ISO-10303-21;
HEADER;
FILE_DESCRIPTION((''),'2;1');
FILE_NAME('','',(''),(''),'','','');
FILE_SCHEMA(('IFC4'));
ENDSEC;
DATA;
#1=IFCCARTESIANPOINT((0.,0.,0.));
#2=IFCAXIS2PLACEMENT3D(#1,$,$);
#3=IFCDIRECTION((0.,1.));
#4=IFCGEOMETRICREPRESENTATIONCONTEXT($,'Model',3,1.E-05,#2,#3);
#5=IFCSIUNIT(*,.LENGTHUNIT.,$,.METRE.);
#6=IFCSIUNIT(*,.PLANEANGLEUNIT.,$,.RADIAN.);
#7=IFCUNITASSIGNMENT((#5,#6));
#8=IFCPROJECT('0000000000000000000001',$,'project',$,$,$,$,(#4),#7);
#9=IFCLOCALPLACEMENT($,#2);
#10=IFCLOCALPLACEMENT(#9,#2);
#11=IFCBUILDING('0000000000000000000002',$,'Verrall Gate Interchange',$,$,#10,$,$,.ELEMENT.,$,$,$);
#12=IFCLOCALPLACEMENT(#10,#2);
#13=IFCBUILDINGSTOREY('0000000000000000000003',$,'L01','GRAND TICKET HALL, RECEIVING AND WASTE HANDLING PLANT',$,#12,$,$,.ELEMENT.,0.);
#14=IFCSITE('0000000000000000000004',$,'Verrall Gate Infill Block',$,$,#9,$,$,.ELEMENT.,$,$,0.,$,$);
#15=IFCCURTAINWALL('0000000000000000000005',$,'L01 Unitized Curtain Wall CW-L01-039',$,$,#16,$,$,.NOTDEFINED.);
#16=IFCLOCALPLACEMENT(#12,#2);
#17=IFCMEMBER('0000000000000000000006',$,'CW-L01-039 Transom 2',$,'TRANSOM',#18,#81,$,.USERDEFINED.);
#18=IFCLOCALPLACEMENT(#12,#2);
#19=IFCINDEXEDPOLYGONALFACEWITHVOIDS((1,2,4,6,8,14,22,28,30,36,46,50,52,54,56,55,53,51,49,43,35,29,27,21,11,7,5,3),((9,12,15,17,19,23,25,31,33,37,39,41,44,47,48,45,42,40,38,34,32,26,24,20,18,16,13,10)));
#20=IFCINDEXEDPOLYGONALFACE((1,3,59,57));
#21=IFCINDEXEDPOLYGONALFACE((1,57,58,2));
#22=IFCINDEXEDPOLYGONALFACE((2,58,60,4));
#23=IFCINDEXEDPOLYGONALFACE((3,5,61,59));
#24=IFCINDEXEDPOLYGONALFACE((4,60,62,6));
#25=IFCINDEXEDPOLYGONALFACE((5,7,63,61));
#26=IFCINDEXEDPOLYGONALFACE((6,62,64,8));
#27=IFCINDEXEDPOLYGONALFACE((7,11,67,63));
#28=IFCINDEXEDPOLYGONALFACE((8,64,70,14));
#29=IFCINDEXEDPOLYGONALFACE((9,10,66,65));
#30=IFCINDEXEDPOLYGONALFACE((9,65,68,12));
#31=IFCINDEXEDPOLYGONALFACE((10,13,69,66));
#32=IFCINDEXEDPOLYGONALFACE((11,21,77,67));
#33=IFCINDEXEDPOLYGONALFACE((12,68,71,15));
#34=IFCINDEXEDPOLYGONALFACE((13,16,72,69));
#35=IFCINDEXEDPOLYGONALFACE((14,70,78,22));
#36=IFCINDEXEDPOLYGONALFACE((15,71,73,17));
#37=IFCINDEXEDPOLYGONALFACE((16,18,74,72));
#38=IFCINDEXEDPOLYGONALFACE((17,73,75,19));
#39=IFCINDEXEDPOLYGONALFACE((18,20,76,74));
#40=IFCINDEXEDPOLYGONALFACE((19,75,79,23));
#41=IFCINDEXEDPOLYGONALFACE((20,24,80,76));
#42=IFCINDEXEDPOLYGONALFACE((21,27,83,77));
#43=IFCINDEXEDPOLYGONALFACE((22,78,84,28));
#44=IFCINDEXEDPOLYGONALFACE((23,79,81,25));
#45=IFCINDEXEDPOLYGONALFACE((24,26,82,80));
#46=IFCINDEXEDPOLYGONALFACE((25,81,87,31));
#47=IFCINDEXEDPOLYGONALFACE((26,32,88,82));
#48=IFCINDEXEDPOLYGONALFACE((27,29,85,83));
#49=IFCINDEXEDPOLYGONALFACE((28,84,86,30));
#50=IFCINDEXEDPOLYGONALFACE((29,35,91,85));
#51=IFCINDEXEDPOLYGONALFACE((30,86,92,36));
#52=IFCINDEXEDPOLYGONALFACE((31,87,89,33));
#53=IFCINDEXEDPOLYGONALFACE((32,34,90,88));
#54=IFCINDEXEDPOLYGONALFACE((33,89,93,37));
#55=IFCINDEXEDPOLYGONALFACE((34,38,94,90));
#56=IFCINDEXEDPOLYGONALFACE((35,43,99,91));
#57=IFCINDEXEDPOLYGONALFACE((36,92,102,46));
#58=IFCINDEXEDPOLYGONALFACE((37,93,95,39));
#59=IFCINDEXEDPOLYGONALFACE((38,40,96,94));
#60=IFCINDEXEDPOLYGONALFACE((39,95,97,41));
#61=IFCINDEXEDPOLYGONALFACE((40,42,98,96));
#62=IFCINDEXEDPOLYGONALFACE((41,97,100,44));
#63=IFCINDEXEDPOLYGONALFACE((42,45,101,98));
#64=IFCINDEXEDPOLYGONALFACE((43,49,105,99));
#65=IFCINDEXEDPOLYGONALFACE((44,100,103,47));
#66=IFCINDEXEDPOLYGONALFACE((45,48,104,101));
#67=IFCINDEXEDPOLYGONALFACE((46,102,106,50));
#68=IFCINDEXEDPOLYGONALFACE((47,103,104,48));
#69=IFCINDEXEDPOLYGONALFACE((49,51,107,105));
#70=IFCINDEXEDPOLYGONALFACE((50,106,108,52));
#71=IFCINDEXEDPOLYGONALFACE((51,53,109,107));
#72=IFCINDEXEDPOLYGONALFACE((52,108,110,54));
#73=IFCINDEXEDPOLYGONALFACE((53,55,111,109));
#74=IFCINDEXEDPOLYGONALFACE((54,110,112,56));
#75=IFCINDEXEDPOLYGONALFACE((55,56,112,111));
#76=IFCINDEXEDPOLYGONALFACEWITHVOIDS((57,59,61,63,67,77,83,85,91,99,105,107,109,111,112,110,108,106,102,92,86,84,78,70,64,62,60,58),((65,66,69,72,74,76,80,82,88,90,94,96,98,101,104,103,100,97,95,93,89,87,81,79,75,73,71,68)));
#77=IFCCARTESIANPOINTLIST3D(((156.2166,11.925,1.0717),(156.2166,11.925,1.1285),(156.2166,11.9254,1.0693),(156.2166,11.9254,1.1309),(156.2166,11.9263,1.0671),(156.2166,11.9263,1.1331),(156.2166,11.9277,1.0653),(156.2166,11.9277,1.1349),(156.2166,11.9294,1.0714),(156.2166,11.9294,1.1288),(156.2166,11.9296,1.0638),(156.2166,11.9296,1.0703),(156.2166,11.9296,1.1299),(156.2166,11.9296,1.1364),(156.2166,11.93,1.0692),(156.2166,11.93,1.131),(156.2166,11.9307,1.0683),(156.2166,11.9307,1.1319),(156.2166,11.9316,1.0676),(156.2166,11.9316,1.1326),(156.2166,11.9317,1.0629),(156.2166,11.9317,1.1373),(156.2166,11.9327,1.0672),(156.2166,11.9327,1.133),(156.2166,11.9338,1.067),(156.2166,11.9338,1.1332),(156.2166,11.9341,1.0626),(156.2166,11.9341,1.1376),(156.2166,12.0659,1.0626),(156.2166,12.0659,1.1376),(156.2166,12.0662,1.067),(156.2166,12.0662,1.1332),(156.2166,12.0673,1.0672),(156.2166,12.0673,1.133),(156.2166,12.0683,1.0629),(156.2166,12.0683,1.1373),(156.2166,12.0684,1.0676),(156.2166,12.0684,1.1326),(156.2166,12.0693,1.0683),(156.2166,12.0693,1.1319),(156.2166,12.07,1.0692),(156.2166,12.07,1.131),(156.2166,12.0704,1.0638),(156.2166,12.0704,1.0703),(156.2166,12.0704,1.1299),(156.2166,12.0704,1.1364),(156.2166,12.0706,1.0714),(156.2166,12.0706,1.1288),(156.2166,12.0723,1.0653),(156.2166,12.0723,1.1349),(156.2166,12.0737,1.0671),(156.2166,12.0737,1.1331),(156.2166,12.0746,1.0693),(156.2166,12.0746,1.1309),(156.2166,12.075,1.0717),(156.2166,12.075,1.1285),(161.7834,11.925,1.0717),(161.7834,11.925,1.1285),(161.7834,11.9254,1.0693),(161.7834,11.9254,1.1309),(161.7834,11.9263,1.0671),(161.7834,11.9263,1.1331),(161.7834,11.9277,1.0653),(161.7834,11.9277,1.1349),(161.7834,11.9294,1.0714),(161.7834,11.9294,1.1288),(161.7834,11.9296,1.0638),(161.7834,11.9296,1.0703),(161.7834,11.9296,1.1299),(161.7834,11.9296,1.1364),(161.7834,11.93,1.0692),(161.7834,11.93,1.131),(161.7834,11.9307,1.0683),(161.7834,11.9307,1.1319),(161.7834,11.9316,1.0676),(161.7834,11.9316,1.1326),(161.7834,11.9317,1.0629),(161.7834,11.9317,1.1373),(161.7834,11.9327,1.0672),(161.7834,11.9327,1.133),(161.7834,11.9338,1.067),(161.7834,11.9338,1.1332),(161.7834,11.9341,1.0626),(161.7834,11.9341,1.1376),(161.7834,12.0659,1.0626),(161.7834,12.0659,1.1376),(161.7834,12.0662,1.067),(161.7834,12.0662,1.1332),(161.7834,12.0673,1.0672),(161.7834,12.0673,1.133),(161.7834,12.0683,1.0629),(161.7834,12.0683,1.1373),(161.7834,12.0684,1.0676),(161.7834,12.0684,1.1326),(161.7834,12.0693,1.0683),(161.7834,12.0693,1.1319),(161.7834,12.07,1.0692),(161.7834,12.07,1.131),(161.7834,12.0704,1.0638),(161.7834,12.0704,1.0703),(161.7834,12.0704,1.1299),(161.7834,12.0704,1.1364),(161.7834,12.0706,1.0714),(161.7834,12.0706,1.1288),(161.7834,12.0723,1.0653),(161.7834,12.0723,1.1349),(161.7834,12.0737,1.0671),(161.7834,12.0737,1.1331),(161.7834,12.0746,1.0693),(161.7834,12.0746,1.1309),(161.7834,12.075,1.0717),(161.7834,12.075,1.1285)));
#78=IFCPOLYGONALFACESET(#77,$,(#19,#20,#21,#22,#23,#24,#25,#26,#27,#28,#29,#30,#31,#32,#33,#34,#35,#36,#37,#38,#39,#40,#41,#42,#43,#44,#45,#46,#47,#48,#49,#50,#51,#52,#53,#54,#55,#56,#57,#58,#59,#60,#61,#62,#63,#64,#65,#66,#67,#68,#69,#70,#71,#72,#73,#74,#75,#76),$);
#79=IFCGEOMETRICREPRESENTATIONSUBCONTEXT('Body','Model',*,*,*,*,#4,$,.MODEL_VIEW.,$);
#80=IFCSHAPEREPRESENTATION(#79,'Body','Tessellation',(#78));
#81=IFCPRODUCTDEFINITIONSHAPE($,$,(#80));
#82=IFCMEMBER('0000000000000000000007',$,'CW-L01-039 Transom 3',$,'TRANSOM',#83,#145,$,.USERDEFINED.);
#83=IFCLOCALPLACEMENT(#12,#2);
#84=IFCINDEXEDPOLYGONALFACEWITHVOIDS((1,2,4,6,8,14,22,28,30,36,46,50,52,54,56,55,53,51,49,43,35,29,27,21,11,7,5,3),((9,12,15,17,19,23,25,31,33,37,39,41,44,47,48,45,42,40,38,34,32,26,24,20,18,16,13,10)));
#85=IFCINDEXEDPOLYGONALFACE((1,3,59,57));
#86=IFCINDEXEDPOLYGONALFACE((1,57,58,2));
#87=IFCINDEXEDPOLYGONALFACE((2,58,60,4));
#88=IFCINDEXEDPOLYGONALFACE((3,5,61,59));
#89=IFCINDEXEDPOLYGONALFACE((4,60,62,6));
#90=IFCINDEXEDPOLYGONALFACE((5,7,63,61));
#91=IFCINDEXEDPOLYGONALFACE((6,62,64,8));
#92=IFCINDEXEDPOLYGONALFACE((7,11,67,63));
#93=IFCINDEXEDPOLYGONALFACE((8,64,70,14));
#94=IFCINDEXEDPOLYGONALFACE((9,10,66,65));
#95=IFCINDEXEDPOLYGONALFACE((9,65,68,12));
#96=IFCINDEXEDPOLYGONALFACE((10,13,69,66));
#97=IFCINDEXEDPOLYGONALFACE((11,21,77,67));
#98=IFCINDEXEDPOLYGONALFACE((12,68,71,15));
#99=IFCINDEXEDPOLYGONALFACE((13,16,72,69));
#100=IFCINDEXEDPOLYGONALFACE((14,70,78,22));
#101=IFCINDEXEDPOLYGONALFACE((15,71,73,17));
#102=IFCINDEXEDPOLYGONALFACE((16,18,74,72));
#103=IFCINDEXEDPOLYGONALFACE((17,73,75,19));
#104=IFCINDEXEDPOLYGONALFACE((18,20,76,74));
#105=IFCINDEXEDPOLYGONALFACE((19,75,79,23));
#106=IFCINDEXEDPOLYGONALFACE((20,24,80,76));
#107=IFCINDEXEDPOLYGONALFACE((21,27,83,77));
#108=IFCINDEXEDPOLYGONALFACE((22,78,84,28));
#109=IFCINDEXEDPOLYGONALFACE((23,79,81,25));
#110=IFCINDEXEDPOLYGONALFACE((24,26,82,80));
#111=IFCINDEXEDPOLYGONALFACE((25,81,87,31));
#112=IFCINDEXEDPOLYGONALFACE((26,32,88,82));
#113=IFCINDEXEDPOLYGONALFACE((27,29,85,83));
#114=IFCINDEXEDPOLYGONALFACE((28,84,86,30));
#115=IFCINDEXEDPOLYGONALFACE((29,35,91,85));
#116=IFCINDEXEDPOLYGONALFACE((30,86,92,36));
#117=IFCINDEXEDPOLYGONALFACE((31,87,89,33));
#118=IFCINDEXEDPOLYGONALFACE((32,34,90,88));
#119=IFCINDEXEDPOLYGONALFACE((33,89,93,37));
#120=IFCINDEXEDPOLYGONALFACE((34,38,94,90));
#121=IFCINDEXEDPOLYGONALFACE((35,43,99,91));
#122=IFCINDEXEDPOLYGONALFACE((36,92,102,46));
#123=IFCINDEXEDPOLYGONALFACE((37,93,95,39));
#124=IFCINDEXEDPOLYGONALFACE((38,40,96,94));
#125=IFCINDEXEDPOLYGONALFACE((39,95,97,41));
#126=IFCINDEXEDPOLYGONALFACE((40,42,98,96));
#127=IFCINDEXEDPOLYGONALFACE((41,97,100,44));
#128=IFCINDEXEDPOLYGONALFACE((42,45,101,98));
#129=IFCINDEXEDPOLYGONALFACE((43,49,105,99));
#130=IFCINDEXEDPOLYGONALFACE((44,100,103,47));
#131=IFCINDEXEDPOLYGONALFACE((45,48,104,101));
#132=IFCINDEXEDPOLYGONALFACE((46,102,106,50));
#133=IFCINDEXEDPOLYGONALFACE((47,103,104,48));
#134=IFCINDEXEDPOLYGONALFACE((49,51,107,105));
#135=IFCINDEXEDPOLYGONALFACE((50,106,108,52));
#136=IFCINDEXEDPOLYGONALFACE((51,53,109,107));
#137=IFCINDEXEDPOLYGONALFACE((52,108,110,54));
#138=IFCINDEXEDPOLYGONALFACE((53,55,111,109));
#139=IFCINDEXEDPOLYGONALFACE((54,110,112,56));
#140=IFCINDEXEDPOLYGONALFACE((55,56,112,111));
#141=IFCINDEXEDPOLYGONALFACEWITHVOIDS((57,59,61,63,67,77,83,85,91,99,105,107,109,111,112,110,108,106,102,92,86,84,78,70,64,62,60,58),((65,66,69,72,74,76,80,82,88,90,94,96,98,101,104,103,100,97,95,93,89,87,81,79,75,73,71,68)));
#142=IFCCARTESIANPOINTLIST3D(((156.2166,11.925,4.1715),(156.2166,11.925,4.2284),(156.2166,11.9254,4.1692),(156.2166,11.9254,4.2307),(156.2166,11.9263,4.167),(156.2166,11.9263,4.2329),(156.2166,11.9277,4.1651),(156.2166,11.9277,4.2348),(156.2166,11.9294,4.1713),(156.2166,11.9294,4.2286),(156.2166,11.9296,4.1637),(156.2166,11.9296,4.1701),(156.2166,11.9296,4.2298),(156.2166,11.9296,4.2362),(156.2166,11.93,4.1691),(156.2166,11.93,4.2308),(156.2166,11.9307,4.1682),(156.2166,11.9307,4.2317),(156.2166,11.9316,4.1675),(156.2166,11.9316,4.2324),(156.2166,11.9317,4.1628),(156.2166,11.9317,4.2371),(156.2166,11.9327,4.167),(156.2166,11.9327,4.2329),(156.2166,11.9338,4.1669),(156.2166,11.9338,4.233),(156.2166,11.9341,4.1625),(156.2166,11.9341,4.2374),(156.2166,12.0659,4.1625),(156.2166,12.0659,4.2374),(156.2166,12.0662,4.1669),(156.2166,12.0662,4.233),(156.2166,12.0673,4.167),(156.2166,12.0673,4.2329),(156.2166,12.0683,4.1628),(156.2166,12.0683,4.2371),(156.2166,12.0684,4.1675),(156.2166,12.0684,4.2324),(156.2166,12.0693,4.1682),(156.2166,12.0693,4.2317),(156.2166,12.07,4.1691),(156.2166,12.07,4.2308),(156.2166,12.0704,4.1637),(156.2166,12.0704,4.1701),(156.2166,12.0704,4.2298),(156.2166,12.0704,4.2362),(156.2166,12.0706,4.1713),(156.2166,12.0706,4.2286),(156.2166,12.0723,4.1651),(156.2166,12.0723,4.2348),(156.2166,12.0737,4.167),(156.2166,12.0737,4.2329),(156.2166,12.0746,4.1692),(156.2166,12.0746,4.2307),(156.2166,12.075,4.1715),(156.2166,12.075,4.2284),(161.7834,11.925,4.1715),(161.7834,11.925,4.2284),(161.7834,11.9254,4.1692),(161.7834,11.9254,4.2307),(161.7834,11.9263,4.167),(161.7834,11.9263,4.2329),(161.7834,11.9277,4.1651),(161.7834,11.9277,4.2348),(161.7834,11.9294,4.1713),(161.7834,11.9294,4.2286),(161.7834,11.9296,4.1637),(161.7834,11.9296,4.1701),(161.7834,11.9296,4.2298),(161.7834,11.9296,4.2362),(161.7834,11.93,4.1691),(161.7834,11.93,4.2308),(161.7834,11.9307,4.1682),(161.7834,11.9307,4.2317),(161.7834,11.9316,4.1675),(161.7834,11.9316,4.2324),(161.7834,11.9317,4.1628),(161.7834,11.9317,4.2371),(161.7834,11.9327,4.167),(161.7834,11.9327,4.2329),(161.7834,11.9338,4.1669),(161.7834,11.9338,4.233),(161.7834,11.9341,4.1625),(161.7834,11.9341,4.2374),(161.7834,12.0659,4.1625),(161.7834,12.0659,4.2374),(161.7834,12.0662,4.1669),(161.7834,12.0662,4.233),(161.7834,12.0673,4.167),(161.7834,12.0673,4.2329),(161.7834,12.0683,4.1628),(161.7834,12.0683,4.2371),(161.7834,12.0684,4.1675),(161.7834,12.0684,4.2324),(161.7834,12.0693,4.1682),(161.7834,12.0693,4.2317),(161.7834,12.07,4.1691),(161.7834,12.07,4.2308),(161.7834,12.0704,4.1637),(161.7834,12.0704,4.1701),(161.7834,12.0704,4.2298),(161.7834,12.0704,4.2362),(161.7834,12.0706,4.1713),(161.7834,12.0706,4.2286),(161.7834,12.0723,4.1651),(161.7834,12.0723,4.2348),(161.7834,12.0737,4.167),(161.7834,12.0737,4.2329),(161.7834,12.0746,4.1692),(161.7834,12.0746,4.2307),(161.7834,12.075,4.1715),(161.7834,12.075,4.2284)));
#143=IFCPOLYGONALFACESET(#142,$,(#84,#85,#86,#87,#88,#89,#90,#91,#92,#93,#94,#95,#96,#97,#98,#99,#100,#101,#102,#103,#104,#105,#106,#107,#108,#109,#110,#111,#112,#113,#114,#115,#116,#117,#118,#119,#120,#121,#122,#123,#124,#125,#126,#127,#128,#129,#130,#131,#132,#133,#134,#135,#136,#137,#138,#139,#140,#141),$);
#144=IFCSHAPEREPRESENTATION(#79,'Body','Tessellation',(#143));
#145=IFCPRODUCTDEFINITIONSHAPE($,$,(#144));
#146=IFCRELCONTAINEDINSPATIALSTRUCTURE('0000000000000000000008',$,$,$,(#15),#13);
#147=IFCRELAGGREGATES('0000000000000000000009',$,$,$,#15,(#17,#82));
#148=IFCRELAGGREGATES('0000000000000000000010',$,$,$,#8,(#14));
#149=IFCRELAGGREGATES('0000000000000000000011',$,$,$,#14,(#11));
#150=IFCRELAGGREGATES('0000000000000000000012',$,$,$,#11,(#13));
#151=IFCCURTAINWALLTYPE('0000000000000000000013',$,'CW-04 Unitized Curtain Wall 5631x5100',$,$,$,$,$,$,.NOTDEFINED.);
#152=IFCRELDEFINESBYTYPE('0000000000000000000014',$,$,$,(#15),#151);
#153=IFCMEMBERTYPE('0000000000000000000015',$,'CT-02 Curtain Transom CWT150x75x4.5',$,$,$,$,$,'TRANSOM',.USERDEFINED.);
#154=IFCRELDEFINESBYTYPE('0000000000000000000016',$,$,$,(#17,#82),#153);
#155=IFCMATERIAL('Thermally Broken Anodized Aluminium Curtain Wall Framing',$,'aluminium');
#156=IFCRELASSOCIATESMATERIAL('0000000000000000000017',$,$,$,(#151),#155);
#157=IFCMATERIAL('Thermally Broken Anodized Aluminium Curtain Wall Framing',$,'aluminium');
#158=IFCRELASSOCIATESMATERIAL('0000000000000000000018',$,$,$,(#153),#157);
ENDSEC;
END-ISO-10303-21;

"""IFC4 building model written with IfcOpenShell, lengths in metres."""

from ifc_helpers import new_model, si_unit, direction, frame, origin, origin_2d, place, context, subcontext, project, spatial, hollow_rectangle, extrude, material, material_profile, profile_set, type_object, element, aggregate, save


model = new_model("IFC4")

# Units and contexts
model_context = context("Model", 3, precision=1e-05, world=origin(), true_north=direction((0.0, 1.0)))
body_context = subcontext(model_context, "Body", "Model", "MODEL_VIEW")
ifc_project = project(units=[si_unit("LENGTHUNIT", "METRE"), si_unit("PLANEANGLEUNIT", "RADIAN")], contexts=[model_context])

# Site, building, storey
site_placement = place(None, origin())
site = spatial("IfcSite", under=ifc_project, at=site_placement, Name="Verrall Gate Infill Block", CompositionType="ELEMENT", RefElevation=0.0)
building_placement = place(site_placement, origin())
building = spatial("IfcBuilding", under=site, at=building_placement, Name="Verrall Gate Interchange", CompositionType="ELEMENT")
storey_placement = place(building_placement, origin())
storey = spatial("IfcBuildingStorey", under=building, at=storey_placement, Name="L01", Description="GRAND TICKET HALL, RECEIVING AND WASTE HANDLING PLANT", CompositionType="ELEMENT", Elevation=0.0)

# Curtain wall, members
ifc_material_1 = material(Name="Thermally Broken Anodized Aluminium Curtain Wall Framing", Category="aluminium")
curtain_wall_type = type_object("IfcCurtainWallType", Name="CW-04 Unitized Curtain Wall 5631x5100", PredefinedType="NOTDEFINED", material=ifc_material_1)
curtain_wall_placement = place(storey_placement, origin())
curtain_wall = element("IfcCurtainWall", 1, at=curtain_wall_placement, inside=storey, type_object=curtain_wall_type, Name="L01 Unitized Curtain Wall CW-L01-039", PredefinedType="NOTDEFINED")
ifc_material_2 = material(Name="Thermally Broken Anodized Aluminium Curtain Wall Framing", Category="aluminium")
ifc_material_profile_1 = material_profile(ifc_material_2, hollow_rectangle(XDim=0.1499, YDim=0.075, WallThickness=0.0044, InnerFilletRadius=0.0044, OuterFilletRadius=0.009, at=origin_2d()), Name="CWT150x75x4.5")
ifc_profile_set_1 = profile_set([ifc_material_profile_1], Name="Thermally Broken Anodized Aluminium Curtain Wall Framing")
member_type_1 = type_object("IfcMemberType", Name="CT-02 Curtain Transom CWT150x75x4.5", ElementType="TRANSOM", PredefinedType="USERDEFINED", material=ifc_profile_set_1)
member_1_placement = place(storey_placement, frame((156.2166, 12.0, 1.1001), z_axis=(1.0, 0.0, 0.0), x_axis=(0.0, 1.0, 0.0)))
member_1 = element("IfcMember", 2, at=member_1_placement, type_object=member_type_1, Name="CW-L01-039 Transom 2", ObjectType="TRANSOM", PredefinedType="USERDEFINED", context=body_context, shape_type="SweptSolid", body=[
    extrude(hollow_rectangle(XDim=0.1499, YDim=0.075, WallThickness=0.0044, InnerFilletRadius=0.0044, OuterFilletRadius=0.009, at=origin_2d()), origin(), (0.0, 0.0, 1.0), 5.5669),
])
member_2_placement = place(storey_placement, frame((156.2166, 12.0, 4.2), z_axis=(1.0, 0.0, 0.0), x_axis=(0.0, 1.0, 0.0)))
member_2 = element("IfcMember", 3, at=member_2_placement, type_object=member_type_1, Name="CW-L01-039 Transom 3", ObjectType="TRANSOM", PredefinedType="USERDEFINED", context=body_context, shape_type="SweptSolid", body=[
    extrude(hollow_rectangle(XDim=0.1499, YDim=0.075, WallThickness=0.0044, InnerFilletRadius=0.0044, OuterFilletRadius=0.009, at=origin_2d()), origin(), (0.0, 0.0, 1.0), 5.5669),
])

aggregate(curtain_wall, [member_1, member_2])

save(model, "model.ifc")
